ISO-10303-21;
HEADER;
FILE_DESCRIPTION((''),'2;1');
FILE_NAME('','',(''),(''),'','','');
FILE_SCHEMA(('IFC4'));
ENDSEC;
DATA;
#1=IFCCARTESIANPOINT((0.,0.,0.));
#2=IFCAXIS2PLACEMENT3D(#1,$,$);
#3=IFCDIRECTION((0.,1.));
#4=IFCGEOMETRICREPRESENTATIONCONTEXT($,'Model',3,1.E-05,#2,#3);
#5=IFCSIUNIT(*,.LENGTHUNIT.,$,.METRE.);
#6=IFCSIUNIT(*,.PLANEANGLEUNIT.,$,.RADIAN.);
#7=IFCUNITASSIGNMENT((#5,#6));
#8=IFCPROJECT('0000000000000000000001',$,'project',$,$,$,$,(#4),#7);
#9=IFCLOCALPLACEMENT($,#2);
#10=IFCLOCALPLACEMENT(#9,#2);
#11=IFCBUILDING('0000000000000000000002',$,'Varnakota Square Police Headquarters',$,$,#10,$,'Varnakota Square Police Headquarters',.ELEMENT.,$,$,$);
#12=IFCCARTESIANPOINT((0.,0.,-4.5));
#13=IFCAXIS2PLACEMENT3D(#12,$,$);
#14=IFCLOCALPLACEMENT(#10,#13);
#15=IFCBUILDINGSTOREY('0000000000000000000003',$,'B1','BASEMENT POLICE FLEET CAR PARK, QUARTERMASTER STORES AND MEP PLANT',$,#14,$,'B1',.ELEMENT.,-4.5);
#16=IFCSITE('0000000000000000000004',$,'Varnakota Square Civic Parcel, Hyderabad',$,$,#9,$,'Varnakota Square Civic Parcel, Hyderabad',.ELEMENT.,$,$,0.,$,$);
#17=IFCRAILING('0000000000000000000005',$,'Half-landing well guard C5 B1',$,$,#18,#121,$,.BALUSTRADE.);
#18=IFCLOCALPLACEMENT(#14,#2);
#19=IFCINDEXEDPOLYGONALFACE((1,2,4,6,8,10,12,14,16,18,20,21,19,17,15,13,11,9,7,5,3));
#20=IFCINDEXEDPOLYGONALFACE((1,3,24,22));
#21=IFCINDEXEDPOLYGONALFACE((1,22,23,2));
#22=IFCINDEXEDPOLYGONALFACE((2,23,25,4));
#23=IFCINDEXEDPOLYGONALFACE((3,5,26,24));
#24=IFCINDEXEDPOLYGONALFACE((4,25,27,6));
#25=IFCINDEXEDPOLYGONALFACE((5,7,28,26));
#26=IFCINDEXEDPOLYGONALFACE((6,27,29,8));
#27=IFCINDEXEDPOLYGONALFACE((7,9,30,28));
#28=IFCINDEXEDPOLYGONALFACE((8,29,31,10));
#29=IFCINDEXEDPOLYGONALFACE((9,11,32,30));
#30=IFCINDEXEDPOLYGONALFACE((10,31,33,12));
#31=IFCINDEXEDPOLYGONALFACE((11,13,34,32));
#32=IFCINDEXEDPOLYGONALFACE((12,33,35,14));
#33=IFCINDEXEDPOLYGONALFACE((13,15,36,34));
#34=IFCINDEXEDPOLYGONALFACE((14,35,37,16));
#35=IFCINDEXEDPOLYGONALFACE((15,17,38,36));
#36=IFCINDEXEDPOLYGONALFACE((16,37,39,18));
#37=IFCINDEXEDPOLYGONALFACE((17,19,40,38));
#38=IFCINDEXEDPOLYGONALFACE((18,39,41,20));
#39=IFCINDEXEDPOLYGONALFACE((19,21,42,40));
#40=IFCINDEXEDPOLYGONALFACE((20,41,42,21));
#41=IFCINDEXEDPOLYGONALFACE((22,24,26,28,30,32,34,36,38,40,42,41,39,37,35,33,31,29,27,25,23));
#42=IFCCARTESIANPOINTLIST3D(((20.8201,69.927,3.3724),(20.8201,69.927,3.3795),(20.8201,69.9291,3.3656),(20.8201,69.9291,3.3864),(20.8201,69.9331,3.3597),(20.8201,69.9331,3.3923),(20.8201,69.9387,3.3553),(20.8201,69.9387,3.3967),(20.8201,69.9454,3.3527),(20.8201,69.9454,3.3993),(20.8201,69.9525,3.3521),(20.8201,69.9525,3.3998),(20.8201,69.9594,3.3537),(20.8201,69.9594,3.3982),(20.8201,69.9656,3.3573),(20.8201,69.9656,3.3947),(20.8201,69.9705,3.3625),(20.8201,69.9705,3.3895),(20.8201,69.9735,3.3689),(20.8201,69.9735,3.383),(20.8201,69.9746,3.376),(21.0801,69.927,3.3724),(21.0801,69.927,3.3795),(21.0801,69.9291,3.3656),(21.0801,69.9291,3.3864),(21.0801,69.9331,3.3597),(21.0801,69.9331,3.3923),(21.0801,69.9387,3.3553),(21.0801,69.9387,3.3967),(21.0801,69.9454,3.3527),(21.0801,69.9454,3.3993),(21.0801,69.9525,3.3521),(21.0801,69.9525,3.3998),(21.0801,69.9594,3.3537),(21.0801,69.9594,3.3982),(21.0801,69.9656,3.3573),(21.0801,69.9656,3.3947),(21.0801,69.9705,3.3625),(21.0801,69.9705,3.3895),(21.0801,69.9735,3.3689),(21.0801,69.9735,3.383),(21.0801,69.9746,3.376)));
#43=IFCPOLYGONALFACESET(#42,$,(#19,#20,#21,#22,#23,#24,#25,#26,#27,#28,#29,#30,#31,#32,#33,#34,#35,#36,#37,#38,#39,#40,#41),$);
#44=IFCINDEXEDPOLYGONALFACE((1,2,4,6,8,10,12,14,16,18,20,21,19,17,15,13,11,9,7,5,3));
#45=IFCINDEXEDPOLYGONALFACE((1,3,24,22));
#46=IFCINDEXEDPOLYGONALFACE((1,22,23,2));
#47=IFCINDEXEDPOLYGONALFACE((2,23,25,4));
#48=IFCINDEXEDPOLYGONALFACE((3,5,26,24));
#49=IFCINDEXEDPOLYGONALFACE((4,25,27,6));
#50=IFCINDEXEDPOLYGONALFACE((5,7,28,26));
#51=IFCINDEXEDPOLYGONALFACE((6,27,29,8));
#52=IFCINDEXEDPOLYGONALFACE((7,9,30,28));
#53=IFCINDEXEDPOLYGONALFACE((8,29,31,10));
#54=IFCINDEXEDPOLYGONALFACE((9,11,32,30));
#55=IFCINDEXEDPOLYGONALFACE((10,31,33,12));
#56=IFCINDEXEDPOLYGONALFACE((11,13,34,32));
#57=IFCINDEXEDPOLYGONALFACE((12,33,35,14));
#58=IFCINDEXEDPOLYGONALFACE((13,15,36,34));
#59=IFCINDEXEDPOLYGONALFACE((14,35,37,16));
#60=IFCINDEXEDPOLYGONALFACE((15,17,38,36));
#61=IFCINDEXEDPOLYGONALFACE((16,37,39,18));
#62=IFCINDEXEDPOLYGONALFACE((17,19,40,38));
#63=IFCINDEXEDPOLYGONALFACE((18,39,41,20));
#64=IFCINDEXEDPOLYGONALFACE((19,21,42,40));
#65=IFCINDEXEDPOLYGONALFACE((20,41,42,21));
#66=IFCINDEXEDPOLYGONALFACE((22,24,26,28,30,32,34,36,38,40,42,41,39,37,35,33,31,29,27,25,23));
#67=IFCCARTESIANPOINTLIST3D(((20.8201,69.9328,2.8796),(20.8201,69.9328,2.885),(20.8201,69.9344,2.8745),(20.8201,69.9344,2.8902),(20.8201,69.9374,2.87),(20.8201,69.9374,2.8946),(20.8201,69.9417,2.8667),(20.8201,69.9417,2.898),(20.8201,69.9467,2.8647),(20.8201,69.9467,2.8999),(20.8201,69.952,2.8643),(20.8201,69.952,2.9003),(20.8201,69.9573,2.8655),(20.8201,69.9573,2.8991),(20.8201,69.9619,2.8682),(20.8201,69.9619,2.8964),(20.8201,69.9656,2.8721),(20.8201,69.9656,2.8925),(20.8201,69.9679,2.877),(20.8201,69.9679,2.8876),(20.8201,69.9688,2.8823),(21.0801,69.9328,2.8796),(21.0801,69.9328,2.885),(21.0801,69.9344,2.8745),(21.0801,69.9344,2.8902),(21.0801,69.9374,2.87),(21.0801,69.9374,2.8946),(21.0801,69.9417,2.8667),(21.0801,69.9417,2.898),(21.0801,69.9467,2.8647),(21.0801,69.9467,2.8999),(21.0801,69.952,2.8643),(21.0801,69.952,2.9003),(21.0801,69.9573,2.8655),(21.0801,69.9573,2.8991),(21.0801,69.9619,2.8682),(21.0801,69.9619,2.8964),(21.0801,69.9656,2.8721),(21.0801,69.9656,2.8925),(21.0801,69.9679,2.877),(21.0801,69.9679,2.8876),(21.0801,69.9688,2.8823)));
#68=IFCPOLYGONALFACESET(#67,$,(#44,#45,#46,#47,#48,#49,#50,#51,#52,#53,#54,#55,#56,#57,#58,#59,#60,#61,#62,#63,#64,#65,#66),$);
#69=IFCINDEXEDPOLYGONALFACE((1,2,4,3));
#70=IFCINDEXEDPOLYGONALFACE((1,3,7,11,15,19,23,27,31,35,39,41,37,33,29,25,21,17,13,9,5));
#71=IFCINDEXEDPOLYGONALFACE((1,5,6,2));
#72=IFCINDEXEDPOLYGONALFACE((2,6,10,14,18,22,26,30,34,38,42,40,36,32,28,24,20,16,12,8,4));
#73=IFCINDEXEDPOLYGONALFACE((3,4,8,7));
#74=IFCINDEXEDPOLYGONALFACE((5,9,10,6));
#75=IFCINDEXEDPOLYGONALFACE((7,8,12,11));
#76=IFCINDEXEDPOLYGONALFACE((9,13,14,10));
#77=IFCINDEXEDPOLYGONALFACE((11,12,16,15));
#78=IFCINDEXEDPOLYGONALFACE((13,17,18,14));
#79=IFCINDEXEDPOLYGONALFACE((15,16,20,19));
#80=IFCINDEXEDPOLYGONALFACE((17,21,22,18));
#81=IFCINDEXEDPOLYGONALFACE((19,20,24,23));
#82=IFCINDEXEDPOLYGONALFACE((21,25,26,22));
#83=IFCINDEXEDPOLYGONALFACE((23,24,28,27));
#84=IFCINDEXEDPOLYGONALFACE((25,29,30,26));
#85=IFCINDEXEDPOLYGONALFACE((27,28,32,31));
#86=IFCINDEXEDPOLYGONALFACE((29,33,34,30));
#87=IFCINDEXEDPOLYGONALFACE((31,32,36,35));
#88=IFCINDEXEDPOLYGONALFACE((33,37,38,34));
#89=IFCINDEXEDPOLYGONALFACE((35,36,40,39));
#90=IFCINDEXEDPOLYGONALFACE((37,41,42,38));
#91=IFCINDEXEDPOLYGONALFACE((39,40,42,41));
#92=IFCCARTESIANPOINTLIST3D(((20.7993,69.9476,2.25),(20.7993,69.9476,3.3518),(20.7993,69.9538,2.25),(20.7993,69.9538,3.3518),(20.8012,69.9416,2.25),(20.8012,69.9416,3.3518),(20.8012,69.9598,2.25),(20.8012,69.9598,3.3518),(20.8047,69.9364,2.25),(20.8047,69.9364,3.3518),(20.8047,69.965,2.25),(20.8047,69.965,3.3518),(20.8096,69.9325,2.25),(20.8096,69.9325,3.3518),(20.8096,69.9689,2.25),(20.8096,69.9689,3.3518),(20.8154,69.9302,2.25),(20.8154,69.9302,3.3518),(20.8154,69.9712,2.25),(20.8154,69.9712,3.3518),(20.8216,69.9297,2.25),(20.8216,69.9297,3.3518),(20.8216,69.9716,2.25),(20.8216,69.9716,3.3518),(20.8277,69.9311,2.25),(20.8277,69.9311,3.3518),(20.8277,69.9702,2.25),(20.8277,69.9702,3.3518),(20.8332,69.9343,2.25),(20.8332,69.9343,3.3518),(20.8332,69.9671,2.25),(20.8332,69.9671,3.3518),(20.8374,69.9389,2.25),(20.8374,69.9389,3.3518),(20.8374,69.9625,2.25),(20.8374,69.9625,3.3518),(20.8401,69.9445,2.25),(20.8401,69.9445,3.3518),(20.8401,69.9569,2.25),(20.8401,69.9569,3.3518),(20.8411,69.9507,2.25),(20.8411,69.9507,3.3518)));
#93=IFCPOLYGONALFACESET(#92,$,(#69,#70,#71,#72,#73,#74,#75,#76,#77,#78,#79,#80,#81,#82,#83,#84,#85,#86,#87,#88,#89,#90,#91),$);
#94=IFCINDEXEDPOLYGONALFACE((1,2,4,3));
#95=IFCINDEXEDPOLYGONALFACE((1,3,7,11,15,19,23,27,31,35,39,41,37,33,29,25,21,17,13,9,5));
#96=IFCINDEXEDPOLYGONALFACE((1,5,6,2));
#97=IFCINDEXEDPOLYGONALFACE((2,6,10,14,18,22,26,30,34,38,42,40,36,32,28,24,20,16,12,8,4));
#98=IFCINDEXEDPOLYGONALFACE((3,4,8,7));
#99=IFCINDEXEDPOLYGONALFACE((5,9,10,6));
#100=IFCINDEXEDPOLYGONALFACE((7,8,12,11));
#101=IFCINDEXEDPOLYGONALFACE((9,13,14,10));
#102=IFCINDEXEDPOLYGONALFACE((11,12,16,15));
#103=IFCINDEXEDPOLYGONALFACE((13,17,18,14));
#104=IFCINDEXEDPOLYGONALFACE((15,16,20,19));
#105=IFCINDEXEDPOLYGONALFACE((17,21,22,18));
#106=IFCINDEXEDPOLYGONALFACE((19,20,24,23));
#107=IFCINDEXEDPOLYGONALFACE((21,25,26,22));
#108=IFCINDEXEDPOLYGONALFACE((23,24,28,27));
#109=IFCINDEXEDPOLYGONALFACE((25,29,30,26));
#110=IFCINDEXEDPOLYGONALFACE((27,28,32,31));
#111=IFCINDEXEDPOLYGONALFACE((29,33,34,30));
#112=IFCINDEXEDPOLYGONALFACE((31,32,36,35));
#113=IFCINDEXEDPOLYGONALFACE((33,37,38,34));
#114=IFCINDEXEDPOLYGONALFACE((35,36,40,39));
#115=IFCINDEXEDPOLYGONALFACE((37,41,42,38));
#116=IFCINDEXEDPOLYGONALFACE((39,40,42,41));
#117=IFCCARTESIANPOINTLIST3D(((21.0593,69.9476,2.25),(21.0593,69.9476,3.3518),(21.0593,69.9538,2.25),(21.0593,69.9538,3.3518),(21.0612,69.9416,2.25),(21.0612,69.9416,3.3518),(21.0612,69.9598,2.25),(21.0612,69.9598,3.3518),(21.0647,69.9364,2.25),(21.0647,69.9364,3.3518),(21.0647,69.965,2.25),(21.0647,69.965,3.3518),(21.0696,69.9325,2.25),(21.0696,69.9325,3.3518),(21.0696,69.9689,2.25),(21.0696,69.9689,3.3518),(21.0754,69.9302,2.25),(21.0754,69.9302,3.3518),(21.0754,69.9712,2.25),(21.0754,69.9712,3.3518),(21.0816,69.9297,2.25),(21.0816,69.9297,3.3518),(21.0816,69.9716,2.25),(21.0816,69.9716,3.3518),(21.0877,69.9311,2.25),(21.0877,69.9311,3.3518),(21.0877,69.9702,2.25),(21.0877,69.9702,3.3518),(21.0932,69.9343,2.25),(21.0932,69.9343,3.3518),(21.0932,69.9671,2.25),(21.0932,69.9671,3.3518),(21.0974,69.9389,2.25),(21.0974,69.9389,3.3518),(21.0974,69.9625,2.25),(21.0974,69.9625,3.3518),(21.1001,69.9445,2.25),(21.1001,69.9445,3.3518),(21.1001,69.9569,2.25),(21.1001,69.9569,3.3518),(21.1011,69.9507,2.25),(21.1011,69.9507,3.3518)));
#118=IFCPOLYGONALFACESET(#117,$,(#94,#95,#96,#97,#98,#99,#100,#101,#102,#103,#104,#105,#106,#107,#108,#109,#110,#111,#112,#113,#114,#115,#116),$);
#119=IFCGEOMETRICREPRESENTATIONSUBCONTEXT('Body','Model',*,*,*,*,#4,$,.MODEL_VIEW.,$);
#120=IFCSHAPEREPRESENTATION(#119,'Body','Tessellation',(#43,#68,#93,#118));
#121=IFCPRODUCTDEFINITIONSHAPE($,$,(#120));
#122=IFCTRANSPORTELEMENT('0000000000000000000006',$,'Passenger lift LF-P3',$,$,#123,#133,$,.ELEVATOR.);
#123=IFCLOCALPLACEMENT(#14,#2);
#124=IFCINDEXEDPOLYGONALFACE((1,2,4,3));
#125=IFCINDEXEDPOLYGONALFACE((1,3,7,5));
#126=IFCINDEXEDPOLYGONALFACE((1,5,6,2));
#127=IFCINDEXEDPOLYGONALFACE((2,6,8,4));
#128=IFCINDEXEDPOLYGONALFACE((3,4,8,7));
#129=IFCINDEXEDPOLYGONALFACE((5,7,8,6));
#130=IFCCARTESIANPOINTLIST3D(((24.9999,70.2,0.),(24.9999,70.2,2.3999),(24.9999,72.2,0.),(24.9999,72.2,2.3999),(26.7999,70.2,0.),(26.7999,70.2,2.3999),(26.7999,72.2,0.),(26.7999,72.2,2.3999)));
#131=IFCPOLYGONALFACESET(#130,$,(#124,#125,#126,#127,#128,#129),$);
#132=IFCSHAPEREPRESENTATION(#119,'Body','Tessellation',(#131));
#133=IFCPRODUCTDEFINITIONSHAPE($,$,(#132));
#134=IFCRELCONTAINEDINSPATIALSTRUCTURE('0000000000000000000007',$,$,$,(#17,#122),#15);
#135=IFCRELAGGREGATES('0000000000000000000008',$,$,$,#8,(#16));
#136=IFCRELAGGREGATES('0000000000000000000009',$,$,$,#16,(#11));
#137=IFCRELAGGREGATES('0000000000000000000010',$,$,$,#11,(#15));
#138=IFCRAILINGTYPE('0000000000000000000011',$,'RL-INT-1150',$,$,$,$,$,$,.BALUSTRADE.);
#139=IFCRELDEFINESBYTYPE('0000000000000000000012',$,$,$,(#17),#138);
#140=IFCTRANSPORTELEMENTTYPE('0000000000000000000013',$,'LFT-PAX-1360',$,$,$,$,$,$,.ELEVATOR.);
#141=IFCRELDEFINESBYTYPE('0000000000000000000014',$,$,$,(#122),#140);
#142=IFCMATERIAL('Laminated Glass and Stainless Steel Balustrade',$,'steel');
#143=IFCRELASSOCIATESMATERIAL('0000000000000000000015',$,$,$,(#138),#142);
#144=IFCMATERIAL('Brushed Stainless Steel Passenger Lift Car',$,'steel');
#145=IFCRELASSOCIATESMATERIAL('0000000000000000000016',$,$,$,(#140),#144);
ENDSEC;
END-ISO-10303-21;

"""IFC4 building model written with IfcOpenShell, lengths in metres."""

from ifc_helpers import new_model, si_unit, direction, frame, origin, origin_2d, place, context, subcontext, project, spatial, rectangle, circle, extrude, material, type_object, element, save


model = new_model("IFC4")

# Units and contexts
model_context = context("Model", 3, precision=1e-05, world=origin(), true_north=direction((0.0, 1.0)))
body_context = subcontext(model_context, "Body", "Model", "MODEL_VIEW")
ifc_project = project(units=[si_unit("LENGTHUNIT", "METRE"), si_unit("PLANEANGLEUNIT", "RADIAN")], contexts=[model_context])

# Site, building, storey
site_placement = place(None, origin())
site = spatial("IfcSite", under=ifc_project, at=site_placement, Name="Varnakota Square Civic Parcel, Hyderabad", LongName="Varnakota Square Civic Parcel, Hyderabad", CompositionType="ELEMENT", RefElevation=0.0)
building_placement = place(site_placement, origin())
building = spatial("IfcBuilding", under=site, at=building_placement, Name="Varnakota Square Police Headquarters", LongName="Varnakota Square Police Headquarters", CompositionType="ELEMENT")
storey_placement = place(building_placement, frame((0.0, 0.0, -4.5)))
storey = spatial("IfcBuildingStorey", under=building, at=storey_placement, Name="B1", Description="BASEMENT POLICE FLEET CAR PARK, QUARTERMASTER STORES AND MEP PLANT", LongName="B1", CompositionType="ELEMENT", Elevation=-4.5)

# Railing
ifc_material_1 = material(Name="Laminated Glass and Stainless Steel Balustrade", Category="steel")
railing_type_1 = type_object("IfcRailingType", Name="RL-INT-1150", PredefinedType="BALUSTRADE", material=ifc_material_1)
railing_1_placement = place(storey_placement, frame((20.8201, 69.9507, 2.25)))
element("IfcRailing", 1, at=railing_1_placement, inside=storey, type_object=railing_type_1, Name="Half-landing well guard C5 B1", PredefinedType="BALUSTRADE", context=body_context, shape_type="SweptSolid", body=[
    extrude(circle(Radius=0.0239, at=origin_2d()), frame((0.0, 0.0, 1.126), z_axis=(1.0, 0.0, 0.0), x_axis=(0.0, 1.0, 0.0)), (0.0, 0.0, 1.0), 0.26),
    extrude(circle(Radius=0.0181, at=origin_2d()), frame((0.0, 0.0, 0.6323), z_axis=(1.0, 0.0, 0.0), x_axis=(0.0, 1.0, 0.0)), (0.0, 0.0, 1.0), 0.26),
    extrude(circle(Radius=0.021, at=origin_2d()), origin(), (0.0, 0.0, 1.0), 1.1018),
    extrude(circle(Radius=0.021, at=origin_2d()), frame((0.26, 0.0, 0.0)), (0.0, 0.0, 1.0), 1.1018),
])

# Transport element
ifc_material_2 = material(Name="Brushed Stainless Steel Passenger Lift Car", Category="steel")
transport_element_type = type_object("IfcTransportElementType", Name="LFT-PAX-1360", PredefinedType="ELEVATOR", material=ifc_material_2)
transport_element_placement = place(storey_placement, frame((25.8999, 71.2, 0.0), z_axis=(0.0, 0.0, 1.0), x_axis=(1.0, 0.0, 0.0)))
element("IfcTransportElement", 2, at=transport_element_placement, inside=storey, type_object=transport_element_type, Name="Passenger lift LF-P3", PredefinedType="ELEVATOR", context=body_context, shape_type="SweptSolid", body=[
    extrude(rectangle(XDim=1.8, YDim=2.0, at=origin_2d()), origin(), (0.0, 0.0, 1.0), 2.3999),
])

save(model, "model.ifc")
